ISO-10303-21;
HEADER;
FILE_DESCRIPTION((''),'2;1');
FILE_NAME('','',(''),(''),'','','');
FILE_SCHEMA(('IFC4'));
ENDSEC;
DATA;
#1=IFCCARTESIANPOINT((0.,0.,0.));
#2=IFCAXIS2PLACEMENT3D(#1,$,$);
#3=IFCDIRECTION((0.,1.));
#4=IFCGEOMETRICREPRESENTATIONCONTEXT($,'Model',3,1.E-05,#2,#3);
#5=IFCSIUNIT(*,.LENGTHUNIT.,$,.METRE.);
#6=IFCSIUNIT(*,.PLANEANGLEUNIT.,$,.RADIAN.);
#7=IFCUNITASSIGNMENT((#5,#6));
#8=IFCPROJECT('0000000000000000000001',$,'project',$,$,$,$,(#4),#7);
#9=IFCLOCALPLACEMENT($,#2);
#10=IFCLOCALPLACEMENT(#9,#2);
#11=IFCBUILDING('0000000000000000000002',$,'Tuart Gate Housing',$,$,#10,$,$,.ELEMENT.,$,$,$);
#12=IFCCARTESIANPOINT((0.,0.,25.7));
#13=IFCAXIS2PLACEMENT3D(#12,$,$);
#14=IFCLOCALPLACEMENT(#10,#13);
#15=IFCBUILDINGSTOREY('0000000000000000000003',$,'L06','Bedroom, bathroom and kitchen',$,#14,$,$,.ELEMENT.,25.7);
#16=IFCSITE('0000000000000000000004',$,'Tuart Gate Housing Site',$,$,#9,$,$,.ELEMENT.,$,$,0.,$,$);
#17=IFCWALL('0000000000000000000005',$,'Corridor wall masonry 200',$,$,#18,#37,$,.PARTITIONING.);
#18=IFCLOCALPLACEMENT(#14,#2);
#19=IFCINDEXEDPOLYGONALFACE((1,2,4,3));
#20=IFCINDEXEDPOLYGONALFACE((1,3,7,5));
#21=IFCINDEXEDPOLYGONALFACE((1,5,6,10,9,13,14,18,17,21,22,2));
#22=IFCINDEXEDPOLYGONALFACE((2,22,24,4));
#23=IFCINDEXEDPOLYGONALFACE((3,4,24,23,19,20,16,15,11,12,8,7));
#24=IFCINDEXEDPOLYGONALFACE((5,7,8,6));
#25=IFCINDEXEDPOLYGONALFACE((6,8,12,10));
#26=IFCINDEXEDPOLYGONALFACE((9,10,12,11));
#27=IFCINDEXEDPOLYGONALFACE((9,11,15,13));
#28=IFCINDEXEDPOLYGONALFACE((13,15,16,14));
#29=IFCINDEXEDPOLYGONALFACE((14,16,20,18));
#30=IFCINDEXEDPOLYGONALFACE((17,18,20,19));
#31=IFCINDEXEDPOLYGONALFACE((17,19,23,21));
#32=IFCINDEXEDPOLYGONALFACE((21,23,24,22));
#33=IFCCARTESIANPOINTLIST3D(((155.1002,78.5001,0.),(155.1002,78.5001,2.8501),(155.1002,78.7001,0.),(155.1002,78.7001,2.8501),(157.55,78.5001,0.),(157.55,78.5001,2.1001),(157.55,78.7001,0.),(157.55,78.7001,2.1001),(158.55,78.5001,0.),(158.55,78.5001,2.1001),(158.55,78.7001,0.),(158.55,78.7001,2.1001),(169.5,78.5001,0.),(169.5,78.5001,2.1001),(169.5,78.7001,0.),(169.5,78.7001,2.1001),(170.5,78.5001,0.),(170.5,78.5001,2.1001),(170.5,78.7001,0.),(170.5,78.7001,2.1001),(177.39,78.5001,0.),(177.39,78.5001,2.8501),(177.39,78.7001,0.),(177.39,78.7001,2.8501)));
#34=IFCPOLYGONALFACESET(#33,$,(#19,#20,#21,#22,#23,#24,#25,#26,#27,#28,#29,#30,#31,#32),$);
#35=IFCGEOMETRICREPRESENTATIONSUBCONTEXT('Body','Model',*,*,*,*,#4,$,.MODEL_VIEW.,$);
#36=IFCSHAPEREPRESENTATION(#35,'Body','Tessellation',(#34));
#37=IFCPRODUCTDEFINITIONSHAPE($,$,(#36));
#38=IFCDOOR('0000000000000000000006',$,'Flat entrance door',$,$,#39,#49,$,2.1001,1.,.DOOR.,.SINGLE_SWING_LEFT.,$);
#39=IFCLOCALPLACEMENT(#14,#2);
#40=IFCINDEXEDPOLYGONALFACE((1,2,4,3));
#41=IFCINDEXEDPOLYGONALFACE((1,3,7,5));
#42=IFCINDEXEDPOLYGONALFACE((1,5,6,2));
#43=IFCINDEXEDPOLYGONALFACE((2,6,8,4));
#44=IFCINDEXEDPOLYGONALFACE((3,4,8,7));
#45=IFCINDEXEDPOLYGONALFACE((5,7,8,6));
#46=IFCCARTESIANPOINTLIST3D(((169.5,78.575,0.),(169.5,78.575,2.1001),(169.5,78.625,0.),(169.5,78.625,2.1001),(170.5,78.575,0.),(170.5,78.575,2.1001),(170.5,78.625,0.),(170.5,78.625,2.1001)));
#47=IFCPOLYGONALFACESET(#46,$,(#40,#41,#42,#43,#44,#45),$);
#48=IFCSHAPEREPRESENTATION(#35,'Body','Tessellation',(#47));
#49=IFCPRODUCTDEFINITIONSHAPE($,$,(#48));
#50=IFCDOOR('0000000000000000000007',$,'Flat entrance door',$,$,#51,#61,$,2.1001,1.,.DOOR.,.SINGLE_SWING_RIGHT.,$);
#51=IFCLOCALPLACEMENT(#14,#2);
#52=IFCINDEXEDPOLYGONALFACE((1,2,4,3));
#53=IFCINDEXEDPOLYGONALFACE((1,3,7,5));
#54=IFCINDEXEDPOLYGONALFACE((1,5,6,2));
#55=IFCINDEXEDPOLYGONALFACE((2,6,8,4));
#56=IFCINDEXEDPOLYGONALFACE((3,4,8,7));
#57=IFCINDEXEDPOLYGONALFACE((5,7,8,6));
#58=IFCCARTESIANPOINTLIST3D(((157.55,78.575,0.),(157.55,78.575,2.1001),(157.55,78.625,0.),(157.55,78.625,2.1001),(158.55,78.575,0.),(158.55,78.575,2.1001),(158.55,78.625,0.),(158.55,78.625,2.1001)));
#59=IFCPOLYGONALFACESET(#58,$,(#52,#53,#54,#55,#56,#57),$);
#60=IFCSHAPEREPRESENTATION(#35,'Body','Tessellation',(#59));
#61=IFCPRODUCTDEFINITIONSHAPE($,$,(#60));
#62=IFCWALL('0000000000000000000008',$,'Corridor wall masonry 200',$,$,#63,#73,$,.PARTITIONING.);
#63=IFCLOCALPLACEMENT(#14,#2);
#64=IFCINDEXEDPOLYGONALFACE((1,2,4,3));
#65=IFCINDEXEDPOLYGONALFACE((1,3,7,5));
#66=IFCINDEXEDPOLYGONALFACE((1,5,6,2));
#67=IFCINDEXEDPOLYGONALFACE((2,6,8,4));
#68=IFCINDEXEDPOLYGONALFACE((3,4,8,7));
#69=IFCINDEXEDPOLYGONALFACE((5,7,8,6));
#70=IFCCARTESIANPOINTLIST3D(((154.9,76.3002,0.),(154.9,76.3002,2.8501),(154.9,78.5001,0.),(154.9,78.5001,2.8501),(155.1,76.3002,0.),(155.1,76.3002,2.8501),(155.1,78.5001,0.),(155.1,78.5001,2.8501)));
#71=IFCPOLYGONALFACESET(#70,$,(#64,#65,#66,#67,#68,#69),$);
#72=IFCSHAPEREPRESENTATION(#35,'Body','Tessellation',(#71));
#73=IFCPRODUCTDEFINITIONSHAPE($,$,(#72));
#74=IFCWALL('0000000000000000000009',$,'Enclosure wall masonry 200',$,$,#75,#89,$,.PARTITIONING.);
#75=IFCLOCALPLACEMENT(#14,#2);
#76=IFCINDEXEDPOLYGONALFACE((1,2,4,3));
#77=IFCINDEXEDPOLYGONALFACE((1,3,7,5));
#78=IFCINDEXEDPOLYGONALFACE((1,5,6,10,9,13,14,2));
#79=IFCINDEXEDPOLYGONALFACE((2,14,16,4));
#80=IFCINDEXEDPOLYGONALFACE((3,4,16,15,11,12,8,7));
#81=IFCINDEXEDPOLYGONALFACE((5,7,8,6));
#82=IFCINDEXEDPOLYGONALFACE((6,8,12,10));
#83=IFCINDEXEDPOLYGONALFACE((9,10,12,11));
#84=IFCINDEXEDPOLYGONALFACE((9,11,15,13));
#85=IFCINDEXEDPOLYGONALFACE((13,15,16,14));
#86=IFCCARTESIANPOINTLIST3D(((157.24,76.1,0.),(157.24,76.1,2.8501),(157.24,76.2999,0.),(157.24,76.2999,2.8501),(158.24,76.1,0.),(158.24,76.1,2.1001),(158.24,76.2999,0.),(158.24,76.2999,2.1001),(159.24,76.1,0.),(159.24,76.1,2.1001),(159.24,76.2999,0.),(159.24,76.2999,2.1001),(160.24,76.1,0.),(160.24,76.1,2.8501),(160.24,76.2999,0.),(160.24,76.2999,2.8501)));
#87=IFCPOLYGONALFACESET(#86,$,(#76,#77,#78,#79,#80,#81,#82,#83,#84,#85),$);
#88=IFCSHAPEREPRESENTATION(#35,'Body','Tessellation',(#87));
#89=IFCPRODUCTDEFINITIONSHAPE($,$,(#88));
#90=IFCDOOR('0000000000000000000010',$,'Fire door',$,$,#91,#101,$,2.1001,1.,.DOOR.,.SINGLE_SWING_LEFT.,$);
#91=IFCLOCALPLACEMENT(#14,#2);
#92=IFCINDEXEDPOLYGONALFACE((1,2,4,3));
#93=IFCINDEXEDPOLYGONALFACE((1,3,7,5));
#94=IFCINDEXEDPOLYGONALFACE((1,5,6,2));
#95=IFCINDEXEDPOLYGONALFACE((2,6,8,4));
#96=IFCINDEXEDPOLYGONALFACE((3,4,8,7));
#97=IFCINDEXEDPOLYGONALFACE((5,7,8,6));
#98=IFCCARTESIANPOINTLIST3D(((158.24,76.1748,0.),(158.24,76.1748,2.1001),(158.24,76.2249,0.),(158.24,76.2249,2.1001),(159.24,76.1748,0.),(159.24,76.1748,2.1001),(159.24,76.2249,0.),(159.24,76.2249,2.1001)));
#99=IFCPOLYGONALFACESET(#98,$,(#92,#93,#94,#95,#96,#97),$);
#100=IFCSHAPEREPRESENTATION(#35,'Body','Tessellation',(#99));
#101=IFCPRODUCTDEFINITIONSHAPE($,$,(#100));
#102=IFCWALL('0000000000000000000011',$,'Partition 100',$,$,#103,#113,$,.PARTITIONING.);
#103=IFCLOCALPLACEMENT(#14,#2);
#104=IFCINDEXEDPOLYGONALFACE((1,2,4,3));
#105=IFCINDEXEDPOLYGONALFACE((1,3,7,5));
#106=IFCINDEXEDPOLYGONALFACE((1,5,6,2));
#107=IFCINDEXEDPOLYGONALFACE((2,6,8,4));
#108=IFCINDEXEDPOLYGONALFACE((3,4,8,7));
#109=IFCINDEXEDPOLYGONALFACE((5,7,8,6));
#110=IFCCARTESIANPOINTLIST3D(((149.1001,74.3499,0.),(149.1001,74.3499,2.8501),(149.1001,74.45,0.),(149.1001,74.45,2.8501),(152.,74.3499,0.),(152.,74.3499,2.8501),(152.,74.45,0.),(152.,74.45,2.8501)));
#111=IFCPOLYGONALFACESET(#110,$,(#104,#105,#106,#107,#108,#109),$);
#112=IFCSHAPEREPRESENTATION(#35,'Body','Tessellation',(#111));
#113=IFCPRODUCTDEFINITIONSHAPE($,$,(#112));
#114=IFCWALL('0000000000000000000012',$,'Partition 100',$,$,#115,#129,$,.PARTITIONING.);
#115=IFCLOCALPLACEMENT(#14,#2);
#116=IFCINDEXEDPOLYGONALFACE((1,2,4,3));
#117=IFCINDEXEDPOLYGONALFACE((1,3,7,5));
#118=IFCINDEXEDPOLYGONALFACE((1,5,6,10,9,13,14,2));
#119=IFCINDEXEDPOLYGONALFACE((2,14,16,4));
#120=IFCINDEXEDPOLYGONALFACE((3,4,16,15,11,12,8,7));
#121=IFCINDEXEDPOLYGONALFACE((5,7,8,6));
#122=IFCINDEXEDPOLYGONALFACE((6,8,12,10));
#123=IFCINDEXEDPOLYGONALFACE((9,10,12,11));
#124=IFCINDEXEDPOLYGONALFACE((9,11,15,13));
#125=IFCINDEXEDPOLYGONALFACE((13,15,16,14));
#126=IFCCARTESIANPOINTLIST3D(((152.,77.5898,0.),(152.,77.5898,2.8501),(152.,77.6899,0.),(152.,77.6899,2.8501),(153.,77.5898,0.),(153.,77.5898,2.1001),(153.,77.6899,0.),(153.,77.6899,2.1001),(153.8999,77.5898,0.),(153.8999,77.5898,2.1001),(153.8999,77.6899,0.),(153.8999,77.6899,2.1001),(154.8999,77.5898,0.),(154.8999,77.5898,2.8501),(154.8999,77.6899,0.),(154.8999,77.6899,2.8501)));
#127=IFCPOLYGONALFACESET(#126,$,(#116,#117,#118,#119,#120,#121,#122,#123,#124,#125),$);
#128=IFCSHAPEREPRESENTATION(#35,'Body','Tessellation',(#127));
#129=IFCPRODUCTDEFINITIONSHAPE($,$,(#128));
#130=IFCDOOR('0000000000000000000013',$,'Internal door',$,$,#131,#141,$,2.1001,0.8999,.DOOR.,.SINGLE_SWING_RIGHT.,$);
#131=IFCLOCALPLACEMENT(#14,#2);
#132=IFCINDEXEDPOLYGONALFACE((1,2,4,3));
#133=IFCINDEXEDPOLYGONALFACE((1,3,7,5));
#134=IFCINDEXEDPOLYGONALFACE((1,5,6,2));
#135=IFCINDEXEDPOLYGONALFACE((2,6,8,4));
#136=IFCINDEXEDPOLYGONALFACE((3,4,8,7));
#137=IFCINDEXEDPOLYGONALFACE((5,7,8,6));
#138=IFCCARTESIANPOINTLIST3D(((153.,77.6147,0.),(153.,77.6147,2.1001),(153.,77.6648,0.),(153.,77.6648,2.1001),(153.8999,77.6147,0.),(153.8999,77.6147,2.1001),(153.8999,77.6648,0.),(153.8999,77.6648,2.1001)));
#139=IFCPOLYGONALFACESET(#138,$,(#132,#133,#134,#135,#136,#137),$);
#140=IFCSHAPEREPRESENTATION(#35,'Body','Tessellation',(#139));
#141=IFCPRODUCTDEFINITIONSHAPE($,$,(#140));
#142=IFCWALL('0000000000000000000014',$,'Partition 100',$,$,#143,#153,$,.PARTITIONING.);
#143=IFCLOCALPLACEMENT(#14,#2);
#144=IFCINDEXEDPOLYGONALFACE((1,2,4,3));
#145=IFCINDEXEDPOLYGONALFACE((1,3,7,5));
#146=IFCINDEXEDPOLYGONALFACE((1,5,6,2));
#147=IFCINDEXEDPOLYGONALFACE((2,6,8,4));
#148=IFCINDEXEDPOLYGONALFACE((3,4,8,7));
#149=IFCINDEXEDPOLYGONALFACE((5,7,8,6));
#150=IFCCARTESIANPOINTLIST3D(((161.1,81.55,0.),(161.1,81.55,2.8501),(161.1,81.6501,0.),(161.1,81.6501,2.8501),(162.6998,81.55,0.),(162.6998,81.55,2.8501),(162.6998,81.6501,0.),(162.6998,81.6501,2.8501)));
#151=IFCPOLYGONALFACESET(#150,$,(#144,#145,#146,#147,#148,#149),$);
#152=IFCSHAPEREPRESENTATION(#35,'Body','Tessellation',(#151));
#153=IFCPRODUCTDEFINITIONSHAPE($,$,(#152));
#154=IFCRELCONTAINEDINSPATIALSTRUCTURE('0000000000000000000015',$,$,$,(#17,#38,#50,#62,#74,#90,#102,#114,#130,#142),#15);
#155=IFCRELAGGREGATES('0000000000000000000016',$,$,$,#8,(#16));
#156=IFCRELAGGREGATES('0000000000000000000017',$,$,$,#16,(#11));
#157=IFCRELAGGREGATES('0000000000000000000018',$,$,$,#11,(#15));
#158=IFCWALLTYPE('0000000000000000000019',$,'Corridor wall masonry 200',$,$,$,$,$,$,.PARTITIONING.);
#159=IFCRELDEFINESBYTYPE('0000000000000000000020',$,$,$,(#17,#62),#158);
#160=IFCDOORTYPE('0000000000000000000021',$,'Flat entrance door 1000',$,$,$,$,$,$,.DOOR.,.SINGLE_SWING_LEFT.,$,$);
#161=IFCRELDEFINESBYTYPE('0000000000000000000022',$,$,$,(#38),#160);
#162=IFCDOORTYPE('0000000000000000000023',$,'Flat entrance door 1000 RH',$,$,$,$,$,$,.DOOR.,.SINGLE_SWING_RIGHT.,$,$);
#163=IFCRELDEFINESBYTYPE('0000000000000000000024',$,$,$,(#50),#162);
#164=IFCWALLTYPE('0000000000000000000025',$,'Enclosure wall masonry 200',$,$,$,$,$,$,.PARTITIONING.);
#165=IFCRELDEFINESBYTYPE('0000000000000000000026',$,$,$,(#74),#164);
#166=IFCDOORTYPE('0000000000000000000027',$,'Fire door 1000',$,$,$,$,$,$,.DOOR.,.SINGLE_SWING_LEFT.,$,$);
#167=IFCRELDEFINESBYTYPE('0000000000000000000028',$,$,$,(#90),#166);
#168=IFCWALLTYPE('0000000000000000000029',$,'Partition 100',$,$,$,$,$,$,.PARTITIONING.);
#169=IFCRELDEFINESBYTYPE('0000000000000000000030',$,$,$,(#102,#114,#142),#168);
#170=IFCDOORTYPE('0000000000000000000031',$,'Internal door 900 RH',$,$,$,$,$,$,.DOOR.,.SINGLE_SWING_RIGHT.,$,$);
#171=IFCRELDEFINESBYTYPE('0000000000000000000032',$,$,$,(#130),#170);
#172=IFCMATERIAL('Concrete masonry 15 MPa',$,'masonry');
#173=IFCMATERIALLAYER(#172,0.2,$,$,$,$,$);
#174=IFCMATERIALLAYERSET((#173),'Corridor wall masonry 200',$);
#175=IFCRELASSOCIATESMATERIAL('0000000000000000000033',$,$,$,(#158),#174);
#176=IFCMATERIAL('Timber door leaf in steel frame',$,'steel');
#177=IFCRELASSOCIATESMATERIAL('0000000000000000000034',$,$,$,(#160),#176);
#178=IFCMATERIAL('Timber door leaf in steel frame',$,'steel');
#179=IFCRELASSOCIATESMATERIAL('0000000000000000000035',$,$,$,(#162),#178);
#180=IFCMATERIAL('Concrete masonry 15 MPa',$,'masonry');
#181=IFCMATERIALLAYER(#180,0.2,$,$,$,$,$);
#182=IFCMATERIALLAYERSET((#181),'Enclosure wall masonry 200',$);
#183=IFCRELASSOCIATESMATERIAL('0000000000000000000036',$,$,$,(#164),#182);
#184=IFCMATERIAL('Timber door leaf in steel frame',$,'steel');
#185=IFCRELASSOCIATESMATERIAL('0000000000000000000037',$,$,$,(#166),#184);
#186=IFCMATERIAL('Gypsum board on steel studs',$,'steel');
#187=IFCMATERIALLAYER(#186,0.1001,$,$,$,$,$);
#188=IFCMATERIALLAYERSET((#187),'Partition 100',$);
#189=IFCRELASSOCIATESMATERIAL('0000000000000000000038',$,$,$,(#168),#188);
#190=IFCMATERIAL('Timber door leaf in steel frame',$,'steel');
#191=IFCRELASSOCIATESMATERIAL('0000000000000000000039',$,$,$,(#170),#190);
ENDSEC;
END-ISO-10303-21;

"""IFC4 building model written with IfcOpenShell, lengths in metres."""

from ifc_helpers import new_model, si_unit, direction, frame, frame_2d, origin, place, context, subcontext, project, spatial, rectangle, extrude, material, layer, layer_set, type_object, element, fill, save


model = new_model("IFC4")

# Units and contexts
model_context = context("Model", 3, precision=1e-05, world=origin(), true_north=direction((0.0, 1.0)))
body_context = subcontext(model_context, "Body", "Model", "MODEL_VIEW")
ifc_project = project(units=[si_unit("LENGTHUNIT", "METRE"), si_unit("PLANEANGLEUNIT", "RADIAN")], contexts=[model_context])

# Site, building, storey
site_placement = place(None, origin())
site = spatial("IfcSite", under=ifc_project, at=site_placement, Name="Tuart Gate Housing Site", CompositionType="ELEMENT", RefElevation=0.0)
building_placement = place(site_placement, origin())
building = spatial("IfcBuilding", under=site, at=building_placement, Name="Tuart Gate Housing", CompositionType="ELEMENT")
storey_placement = place(building_placement, frame((0.0, 0.0, 25.7)))
storey = spatial("IfcBuildingStorey", under=building, at=storey_placement, Name="L06", Description="Bedroom, bathroom and kitchen", CompositionType="ELEMENT", Elevation=25.7)

# Shared definitions
ifc_material_1 = material(Name="Concrete masonry 15 MPa", Category="masonry")
ifc_layer_1 = layer(ifc_material_1, 0.2)
ifc_layer_set_1 = layer_set([ifc_layer_1], Name="Corridor wall masonry 200")
wall_type_1 = type_object("IfcWallType", Name="Corridor wall masonry 200", PredefinedType="PARTITIONING", material=ifc_layer_set_1)

# Wall, openings, doors
wall_1_placement = place(storey_placement, frame((155.1001, 78.6001, 0.0), z_axis=(0.0, 0.0, 1.0), x_axis=(1.0, 0.0, 0.0)))
wall_1 = element("IfcWall", 1, at=wall_1_placement, inside=storey, type_object=wall_type_1, Name="Corridor wall masonry 200", PredefinedType="PARTITIONING", context=body_context, shape_type="SweptSolid", body=[
    extrude(rectangle(XDim=22.2898, YDim=0.2, at=frame_2d((11.145, 0.0))), origin(), (0.0, 0.0, 1.0), 2.8501),
])
opening_1_placement = place(wall_1_placement, frame((2.45, 0.0, 0.0)))
opening_1 = element("IfcOpeningElement", 2, at=opening_1_placement, cuts=wall_1, PredefinedType="OPENING", context=body_context, shape_type="SweptSolid", body=[
    extrude(rectangle(XDim=1.0, YDim=2.1001, at=frame_2d((0.5, 1.05))), frame((0.0, 0.1099, 0.0), z_axis=(0.0, -1.0, 0.0), x_axis=(1.0, 0.0, 0.0)), (0.0, 0.0, 1.0), 0.22),
])
opening_2_placement = place(wall_1_placement, frame((14.3999, 0.0, 0.0)))
opening_2 = element("IfcOpeningElement", 3, at=opening_2_placement, cuts=wall_1, PredefinedType="OPENING", context=body_context, shape_type="SweptSolid", body=[
    extrude(rectangle(XDim=1.0, YDim=2.1001, at=frame_2d((0.5, 1.05))), frame((0.0, 0.1099, 0.0), z_axis=(0.0, -1.0, 0.0), x_axis=(1.0, 0.0, 0.0)), (0.0, 0.0, 1.0), 0.22),
])
ifc_material_2 = material(Name="Timber door leaf in steel frame", Category="steel")
door_type_1 = type_object("IfcDoorType", Name="Flat entrance door 1000", OperationType="SINGLE_SWING_LEFT", PredefinedType="DOOR", material=ifc_material_2)
door_1_placement = place(opening_2_placement, origin())
door_1 = element("IfcDoor", 4, at=door_1_placement, inside=storey, type_object=door_type_1, Name="Flat entrance door", OperationType="SINGLE_SWING_LEFT", OverallHeight=2.1001, OverallWidth=1.0, PredefinedType="DOOR", context=body_context, shape_type="SweptSolid", body=[
    extrude(rectangle(XDim=1.0, YDim=2.1001, at=frame_2d((0.5, 1.05))), frame((0.0, 0.0249, 0.0), z_axis=(0.0, -1.0, 0.0), x_axis=(1.0, 0.0, 0.0)), (0.0, 0.0, 1.0), 0.05),
])
fill(opening_2, door_1)
ifc_material_3 = material(Name="Timber door leaf in steel frame", Category="steel")
door_type_2 = type_object("IfcDoorType", Name="Flat entrance door 1000 RH", OperationType="SINGLE_SWING_RIGHT", PredefinedType="DOOR", material=ifc_material_3)
door_2_placement = place(opening_1_placement, origin())
door_2 = element("IfcDoor", 5, at=door_2_placement, inside=storey, type_object=door_type_2, Name="Flat entrance door", OperationType="SINGLE_SWING_RIGHT", OverallHeight=2.1001, OverallWidth=1.0, PredefinedType="DOOR", context=body_context, shape_type="SweptSolid", body=[
    extrude(rectangle(XDim=1.0, YDim=2.1001, at=frame_2d((0.5, 1.05))), frame((0.0, 0.0249, 0.0), z_axis=(0.0, -1.0, 0.0), x_axis=(1.0, 0.0, 0.0)), (0.0, 0.0, 1.0), 0.05),
])
fill(opening_1, door_2)

# Wall
wall_2_placement = place(storey_placement, frame((155.0, 76.3, 0.0), z_axis=(0.0, 0.0, 1.0), x_axis=(0.0, 1.0, 0.0)))
element("IfcWall", 6, at=wall_2_placement, inside=storey, type_object=wall_type_1, Name="Corridor wall masonry 200", PredefinedType="PARTITIONING", context=body_context, shape_type="SweptSolid", body=[
    extrude(rectangle(XDim=2.2, YDim=0.2, at=frame_2d((1.1001, 0.0))), origin(), (0.0, 0.0, 1.0), 2.8501),
])

# Wall, opening, door
ifc_material_4 = material(Name="Concrete masonry 15 MPa", Category="masonry")
ifc_layer_2 = layer(ifc_material_4, 0.2)
ifc_layer_set_2 = layer_set([ifc_layer_2], Name="Enclosure wall masonry 200")
wall_type_2 = type_object("IfcWallType", Name="Enclosure wall masonry 200", PredefinedType="PARTITIONING", material=ifc_layer_set_2)
wall_3_placement = place(storey_placement, frame((157.24, 76.2, 0.0), z_axis=(0.0, 0.0, 1.0), x_axis=(1.0, 0.0, 0.0)))
wall_3 = element("IfcWall", 7, at=wall_3_placement, inside=storey, type_object=wall_type_2, Name="Enclosure wall masonry 200", PredefinedType="PARTITIONING", context=body_context, shape_type="SweptSolid", body=[
    extrude(rectangle(XDim=3.0, YDim=0.2, at=frame_2d((1.5, 0.0))), origin(), (0.0, 0.0, 1.0), 2.8501),
])
opening_3_placement = place(wall_3_placement, frame((1.0, 0.0, 0.0)))
opening_3 = element("IfcOpeningElement", 8, at=opening_3_placement, cuts=wall_3, PredefinedType="OPENING", context=body_context, shape_type="SweptSolid", body=[
    extrude(rectangle(XDim=1.0, YDim=2.1001, at=frame_2d((0.5, 1.05))), frame((0.0, 0.1099, 0.0), z_axis=(0.0, -1.0, 0.0), x_axis=(1.0, 0.0, 0.0)), (0.0, 0.0, 1.0), 0.22),
])
ifc_material_5 = material(Name="Timber door leaf in steel frame", Category="steel")
door_type_3 = type_object("IfcDoorType", Name="Fire door 1000", OperationType="SINGLE_SWING_LEFT", PredefinedType="DOOR", material=ifc_material_5)
door_3_placement = place(opening_3_placement, origin())
door_3 = element("IfcDoor", 9, at=door_3_placement, inside=storey, type_object=door_type_3, Name="Fire door", OperationType="SINGLE_SWING_LEFT", OverallHeight=2.1001, OverallWidth=1.0, PredefinedType="DOOR", context=body_context, shape_type="SweptSolid", body=[
    extrude(rectangle(XDim=1.0, YDim=2.1001, at=frame_2d((0.5, 1.05))), frame((0.0, 0.0249, 0.0), z_axis=(0.0, -1.0, 0.0), x_axis=(1.0, 0.0, 0.0)), (0.0, 0.0, 1.0), 0.05),
])
fill(opening_3, door_3)

# Wall
ifc_material_6 = material(Name="Gypsum board on steel studs", Category="steel")
ifc_layer_3 = layer(ifc_material_6, 0.1001)
ifc_layer_set_3 = layer_set([ifc_layer_3], Name="Partition 100")
wall_type_3 = type_object("IfcWallType", Name="Partition 100", PredefinedType="PARTITIONING", material=ifc_layer_set_3)
wall_4_placement = place(storey_placement, frame((149.1001, 74.3999, 0.0), z_axis=(0.0, 0.0, 1.0), x_axis=(1.0, 0.0, 0.0)))
element("IfcWall", 10, at=wall_4_placement, inside=storey, type_object=wall_type_3, Name="Partition 100", PredefinedType="PARTITIONING", context=body_context, shape_type="SweptSolid", body=[
    extrude(rectangle(XDim=2.8999, YDim=0.1001, at=frame_2d((1.45, 0.0))), origin(), (0.0, 0.0, 1.0), 2.8501),
])

# Wall, opening, door
wall_5_placement = place(storey_placement, frame((152.0, 77.6399, 0.0), z_axis=(0.0, 0.0, 1.0), x_axis=(1.0, 0.0, 0.0)))
wall_5 = element("IfcWall", 11, at=wall_5_placement, inside=storey, type_object=wall_type_3, Name="Partition 100", PredefinedType="PARTITIONING", context=body_context, shape_type="SweptSolid", body=[
    extrude(rectangle(XDim=2.8999, YDim=0.1001, at=frame_2d((1.45, 0.0))), origin(), (0.0, 0.0, 1.0), 2.8501),
])
opening_4_placement = place(wall_5_placement, frame((1.0, 0.0, 0.0)))
opening_4 = element("IfcOpeningElement", 12, at=opening_4_placement, cuts=wall_5, PredefinedType="OPENING", context=body_context, shape_type="SweptSolid", body=[
    extrude(rectangle(XDim=0.8999, YDim=2.1001, at=frame_2d((0.45, 1.05))), frame((0.0, 0.0601, 0.0), z_axis=(0.0, -1.0, 0.0), x_axis=(1.0, 0.0, 0.0)), (0.0, 0.0, 1.0), 0.1201),
])
ifc_material_7 = material(Name="Timber door leaf in steel frame", Category="steel")
door_type_4 = type_object("IfcDoorType", Name="Internal door 900 RH", OperationType="SINGLE_SWING_RIGHT", PredefinedType="DOOR", material=ifc_material_7)
door_4_placement = place(opening_4_placement, frame((0.8999, 0.0, 0.0), z_axis=(0.0, 0.0, 1.0), x_axis=(-1.0, 0.0, 0.0)))
door_4 = element("IfcDoor", 13, at=door_4_placement, inside=storey, type_object=door_type_4, Name="Internal door", OperationType="SINGLE_SWING_RIGHT", OverallHeight=2.1001, OverallWidth=0.8999, PredefinedType="DOOR", context=body_context, shape_type="SweptSolid", body=[
    extrude(rectangle(XDim=0.8999, YDim=2.1001, at=frame_2d((0.45, 1.05))), frame((0.0, 0.0251, 0.0), z_axis=(0.0, -1.0, 0.0), x_axis=(1.0, 0.0, 0.0)), (0.0, 0.0, 1.0), 0.05),
])
fill(opening_4, door_4)

# Wall
wall_6_placement = place(storey_placement, frame((161.1001, 81.6001, 0.0), z_axis=(0.0, 0.0, 1.0), x_axis=(1.0, 0.0, 0.0)))
element("IfcWall", 14, at=wall_6_placement, inside=storey, type_object=wall_type_3, Name="Partition 100", PredefinedType="PARTITIONING", context=body_context, shape_type="SweptSolid", body=[
    extrude(rectangle(XDim=1.5999, YDim=0.1001, at=frame_2d((0.7998, 0.0))), origin(), (0.0, 0.0, 1.0), 2.8501),
])

save(model, "model.ifc")
